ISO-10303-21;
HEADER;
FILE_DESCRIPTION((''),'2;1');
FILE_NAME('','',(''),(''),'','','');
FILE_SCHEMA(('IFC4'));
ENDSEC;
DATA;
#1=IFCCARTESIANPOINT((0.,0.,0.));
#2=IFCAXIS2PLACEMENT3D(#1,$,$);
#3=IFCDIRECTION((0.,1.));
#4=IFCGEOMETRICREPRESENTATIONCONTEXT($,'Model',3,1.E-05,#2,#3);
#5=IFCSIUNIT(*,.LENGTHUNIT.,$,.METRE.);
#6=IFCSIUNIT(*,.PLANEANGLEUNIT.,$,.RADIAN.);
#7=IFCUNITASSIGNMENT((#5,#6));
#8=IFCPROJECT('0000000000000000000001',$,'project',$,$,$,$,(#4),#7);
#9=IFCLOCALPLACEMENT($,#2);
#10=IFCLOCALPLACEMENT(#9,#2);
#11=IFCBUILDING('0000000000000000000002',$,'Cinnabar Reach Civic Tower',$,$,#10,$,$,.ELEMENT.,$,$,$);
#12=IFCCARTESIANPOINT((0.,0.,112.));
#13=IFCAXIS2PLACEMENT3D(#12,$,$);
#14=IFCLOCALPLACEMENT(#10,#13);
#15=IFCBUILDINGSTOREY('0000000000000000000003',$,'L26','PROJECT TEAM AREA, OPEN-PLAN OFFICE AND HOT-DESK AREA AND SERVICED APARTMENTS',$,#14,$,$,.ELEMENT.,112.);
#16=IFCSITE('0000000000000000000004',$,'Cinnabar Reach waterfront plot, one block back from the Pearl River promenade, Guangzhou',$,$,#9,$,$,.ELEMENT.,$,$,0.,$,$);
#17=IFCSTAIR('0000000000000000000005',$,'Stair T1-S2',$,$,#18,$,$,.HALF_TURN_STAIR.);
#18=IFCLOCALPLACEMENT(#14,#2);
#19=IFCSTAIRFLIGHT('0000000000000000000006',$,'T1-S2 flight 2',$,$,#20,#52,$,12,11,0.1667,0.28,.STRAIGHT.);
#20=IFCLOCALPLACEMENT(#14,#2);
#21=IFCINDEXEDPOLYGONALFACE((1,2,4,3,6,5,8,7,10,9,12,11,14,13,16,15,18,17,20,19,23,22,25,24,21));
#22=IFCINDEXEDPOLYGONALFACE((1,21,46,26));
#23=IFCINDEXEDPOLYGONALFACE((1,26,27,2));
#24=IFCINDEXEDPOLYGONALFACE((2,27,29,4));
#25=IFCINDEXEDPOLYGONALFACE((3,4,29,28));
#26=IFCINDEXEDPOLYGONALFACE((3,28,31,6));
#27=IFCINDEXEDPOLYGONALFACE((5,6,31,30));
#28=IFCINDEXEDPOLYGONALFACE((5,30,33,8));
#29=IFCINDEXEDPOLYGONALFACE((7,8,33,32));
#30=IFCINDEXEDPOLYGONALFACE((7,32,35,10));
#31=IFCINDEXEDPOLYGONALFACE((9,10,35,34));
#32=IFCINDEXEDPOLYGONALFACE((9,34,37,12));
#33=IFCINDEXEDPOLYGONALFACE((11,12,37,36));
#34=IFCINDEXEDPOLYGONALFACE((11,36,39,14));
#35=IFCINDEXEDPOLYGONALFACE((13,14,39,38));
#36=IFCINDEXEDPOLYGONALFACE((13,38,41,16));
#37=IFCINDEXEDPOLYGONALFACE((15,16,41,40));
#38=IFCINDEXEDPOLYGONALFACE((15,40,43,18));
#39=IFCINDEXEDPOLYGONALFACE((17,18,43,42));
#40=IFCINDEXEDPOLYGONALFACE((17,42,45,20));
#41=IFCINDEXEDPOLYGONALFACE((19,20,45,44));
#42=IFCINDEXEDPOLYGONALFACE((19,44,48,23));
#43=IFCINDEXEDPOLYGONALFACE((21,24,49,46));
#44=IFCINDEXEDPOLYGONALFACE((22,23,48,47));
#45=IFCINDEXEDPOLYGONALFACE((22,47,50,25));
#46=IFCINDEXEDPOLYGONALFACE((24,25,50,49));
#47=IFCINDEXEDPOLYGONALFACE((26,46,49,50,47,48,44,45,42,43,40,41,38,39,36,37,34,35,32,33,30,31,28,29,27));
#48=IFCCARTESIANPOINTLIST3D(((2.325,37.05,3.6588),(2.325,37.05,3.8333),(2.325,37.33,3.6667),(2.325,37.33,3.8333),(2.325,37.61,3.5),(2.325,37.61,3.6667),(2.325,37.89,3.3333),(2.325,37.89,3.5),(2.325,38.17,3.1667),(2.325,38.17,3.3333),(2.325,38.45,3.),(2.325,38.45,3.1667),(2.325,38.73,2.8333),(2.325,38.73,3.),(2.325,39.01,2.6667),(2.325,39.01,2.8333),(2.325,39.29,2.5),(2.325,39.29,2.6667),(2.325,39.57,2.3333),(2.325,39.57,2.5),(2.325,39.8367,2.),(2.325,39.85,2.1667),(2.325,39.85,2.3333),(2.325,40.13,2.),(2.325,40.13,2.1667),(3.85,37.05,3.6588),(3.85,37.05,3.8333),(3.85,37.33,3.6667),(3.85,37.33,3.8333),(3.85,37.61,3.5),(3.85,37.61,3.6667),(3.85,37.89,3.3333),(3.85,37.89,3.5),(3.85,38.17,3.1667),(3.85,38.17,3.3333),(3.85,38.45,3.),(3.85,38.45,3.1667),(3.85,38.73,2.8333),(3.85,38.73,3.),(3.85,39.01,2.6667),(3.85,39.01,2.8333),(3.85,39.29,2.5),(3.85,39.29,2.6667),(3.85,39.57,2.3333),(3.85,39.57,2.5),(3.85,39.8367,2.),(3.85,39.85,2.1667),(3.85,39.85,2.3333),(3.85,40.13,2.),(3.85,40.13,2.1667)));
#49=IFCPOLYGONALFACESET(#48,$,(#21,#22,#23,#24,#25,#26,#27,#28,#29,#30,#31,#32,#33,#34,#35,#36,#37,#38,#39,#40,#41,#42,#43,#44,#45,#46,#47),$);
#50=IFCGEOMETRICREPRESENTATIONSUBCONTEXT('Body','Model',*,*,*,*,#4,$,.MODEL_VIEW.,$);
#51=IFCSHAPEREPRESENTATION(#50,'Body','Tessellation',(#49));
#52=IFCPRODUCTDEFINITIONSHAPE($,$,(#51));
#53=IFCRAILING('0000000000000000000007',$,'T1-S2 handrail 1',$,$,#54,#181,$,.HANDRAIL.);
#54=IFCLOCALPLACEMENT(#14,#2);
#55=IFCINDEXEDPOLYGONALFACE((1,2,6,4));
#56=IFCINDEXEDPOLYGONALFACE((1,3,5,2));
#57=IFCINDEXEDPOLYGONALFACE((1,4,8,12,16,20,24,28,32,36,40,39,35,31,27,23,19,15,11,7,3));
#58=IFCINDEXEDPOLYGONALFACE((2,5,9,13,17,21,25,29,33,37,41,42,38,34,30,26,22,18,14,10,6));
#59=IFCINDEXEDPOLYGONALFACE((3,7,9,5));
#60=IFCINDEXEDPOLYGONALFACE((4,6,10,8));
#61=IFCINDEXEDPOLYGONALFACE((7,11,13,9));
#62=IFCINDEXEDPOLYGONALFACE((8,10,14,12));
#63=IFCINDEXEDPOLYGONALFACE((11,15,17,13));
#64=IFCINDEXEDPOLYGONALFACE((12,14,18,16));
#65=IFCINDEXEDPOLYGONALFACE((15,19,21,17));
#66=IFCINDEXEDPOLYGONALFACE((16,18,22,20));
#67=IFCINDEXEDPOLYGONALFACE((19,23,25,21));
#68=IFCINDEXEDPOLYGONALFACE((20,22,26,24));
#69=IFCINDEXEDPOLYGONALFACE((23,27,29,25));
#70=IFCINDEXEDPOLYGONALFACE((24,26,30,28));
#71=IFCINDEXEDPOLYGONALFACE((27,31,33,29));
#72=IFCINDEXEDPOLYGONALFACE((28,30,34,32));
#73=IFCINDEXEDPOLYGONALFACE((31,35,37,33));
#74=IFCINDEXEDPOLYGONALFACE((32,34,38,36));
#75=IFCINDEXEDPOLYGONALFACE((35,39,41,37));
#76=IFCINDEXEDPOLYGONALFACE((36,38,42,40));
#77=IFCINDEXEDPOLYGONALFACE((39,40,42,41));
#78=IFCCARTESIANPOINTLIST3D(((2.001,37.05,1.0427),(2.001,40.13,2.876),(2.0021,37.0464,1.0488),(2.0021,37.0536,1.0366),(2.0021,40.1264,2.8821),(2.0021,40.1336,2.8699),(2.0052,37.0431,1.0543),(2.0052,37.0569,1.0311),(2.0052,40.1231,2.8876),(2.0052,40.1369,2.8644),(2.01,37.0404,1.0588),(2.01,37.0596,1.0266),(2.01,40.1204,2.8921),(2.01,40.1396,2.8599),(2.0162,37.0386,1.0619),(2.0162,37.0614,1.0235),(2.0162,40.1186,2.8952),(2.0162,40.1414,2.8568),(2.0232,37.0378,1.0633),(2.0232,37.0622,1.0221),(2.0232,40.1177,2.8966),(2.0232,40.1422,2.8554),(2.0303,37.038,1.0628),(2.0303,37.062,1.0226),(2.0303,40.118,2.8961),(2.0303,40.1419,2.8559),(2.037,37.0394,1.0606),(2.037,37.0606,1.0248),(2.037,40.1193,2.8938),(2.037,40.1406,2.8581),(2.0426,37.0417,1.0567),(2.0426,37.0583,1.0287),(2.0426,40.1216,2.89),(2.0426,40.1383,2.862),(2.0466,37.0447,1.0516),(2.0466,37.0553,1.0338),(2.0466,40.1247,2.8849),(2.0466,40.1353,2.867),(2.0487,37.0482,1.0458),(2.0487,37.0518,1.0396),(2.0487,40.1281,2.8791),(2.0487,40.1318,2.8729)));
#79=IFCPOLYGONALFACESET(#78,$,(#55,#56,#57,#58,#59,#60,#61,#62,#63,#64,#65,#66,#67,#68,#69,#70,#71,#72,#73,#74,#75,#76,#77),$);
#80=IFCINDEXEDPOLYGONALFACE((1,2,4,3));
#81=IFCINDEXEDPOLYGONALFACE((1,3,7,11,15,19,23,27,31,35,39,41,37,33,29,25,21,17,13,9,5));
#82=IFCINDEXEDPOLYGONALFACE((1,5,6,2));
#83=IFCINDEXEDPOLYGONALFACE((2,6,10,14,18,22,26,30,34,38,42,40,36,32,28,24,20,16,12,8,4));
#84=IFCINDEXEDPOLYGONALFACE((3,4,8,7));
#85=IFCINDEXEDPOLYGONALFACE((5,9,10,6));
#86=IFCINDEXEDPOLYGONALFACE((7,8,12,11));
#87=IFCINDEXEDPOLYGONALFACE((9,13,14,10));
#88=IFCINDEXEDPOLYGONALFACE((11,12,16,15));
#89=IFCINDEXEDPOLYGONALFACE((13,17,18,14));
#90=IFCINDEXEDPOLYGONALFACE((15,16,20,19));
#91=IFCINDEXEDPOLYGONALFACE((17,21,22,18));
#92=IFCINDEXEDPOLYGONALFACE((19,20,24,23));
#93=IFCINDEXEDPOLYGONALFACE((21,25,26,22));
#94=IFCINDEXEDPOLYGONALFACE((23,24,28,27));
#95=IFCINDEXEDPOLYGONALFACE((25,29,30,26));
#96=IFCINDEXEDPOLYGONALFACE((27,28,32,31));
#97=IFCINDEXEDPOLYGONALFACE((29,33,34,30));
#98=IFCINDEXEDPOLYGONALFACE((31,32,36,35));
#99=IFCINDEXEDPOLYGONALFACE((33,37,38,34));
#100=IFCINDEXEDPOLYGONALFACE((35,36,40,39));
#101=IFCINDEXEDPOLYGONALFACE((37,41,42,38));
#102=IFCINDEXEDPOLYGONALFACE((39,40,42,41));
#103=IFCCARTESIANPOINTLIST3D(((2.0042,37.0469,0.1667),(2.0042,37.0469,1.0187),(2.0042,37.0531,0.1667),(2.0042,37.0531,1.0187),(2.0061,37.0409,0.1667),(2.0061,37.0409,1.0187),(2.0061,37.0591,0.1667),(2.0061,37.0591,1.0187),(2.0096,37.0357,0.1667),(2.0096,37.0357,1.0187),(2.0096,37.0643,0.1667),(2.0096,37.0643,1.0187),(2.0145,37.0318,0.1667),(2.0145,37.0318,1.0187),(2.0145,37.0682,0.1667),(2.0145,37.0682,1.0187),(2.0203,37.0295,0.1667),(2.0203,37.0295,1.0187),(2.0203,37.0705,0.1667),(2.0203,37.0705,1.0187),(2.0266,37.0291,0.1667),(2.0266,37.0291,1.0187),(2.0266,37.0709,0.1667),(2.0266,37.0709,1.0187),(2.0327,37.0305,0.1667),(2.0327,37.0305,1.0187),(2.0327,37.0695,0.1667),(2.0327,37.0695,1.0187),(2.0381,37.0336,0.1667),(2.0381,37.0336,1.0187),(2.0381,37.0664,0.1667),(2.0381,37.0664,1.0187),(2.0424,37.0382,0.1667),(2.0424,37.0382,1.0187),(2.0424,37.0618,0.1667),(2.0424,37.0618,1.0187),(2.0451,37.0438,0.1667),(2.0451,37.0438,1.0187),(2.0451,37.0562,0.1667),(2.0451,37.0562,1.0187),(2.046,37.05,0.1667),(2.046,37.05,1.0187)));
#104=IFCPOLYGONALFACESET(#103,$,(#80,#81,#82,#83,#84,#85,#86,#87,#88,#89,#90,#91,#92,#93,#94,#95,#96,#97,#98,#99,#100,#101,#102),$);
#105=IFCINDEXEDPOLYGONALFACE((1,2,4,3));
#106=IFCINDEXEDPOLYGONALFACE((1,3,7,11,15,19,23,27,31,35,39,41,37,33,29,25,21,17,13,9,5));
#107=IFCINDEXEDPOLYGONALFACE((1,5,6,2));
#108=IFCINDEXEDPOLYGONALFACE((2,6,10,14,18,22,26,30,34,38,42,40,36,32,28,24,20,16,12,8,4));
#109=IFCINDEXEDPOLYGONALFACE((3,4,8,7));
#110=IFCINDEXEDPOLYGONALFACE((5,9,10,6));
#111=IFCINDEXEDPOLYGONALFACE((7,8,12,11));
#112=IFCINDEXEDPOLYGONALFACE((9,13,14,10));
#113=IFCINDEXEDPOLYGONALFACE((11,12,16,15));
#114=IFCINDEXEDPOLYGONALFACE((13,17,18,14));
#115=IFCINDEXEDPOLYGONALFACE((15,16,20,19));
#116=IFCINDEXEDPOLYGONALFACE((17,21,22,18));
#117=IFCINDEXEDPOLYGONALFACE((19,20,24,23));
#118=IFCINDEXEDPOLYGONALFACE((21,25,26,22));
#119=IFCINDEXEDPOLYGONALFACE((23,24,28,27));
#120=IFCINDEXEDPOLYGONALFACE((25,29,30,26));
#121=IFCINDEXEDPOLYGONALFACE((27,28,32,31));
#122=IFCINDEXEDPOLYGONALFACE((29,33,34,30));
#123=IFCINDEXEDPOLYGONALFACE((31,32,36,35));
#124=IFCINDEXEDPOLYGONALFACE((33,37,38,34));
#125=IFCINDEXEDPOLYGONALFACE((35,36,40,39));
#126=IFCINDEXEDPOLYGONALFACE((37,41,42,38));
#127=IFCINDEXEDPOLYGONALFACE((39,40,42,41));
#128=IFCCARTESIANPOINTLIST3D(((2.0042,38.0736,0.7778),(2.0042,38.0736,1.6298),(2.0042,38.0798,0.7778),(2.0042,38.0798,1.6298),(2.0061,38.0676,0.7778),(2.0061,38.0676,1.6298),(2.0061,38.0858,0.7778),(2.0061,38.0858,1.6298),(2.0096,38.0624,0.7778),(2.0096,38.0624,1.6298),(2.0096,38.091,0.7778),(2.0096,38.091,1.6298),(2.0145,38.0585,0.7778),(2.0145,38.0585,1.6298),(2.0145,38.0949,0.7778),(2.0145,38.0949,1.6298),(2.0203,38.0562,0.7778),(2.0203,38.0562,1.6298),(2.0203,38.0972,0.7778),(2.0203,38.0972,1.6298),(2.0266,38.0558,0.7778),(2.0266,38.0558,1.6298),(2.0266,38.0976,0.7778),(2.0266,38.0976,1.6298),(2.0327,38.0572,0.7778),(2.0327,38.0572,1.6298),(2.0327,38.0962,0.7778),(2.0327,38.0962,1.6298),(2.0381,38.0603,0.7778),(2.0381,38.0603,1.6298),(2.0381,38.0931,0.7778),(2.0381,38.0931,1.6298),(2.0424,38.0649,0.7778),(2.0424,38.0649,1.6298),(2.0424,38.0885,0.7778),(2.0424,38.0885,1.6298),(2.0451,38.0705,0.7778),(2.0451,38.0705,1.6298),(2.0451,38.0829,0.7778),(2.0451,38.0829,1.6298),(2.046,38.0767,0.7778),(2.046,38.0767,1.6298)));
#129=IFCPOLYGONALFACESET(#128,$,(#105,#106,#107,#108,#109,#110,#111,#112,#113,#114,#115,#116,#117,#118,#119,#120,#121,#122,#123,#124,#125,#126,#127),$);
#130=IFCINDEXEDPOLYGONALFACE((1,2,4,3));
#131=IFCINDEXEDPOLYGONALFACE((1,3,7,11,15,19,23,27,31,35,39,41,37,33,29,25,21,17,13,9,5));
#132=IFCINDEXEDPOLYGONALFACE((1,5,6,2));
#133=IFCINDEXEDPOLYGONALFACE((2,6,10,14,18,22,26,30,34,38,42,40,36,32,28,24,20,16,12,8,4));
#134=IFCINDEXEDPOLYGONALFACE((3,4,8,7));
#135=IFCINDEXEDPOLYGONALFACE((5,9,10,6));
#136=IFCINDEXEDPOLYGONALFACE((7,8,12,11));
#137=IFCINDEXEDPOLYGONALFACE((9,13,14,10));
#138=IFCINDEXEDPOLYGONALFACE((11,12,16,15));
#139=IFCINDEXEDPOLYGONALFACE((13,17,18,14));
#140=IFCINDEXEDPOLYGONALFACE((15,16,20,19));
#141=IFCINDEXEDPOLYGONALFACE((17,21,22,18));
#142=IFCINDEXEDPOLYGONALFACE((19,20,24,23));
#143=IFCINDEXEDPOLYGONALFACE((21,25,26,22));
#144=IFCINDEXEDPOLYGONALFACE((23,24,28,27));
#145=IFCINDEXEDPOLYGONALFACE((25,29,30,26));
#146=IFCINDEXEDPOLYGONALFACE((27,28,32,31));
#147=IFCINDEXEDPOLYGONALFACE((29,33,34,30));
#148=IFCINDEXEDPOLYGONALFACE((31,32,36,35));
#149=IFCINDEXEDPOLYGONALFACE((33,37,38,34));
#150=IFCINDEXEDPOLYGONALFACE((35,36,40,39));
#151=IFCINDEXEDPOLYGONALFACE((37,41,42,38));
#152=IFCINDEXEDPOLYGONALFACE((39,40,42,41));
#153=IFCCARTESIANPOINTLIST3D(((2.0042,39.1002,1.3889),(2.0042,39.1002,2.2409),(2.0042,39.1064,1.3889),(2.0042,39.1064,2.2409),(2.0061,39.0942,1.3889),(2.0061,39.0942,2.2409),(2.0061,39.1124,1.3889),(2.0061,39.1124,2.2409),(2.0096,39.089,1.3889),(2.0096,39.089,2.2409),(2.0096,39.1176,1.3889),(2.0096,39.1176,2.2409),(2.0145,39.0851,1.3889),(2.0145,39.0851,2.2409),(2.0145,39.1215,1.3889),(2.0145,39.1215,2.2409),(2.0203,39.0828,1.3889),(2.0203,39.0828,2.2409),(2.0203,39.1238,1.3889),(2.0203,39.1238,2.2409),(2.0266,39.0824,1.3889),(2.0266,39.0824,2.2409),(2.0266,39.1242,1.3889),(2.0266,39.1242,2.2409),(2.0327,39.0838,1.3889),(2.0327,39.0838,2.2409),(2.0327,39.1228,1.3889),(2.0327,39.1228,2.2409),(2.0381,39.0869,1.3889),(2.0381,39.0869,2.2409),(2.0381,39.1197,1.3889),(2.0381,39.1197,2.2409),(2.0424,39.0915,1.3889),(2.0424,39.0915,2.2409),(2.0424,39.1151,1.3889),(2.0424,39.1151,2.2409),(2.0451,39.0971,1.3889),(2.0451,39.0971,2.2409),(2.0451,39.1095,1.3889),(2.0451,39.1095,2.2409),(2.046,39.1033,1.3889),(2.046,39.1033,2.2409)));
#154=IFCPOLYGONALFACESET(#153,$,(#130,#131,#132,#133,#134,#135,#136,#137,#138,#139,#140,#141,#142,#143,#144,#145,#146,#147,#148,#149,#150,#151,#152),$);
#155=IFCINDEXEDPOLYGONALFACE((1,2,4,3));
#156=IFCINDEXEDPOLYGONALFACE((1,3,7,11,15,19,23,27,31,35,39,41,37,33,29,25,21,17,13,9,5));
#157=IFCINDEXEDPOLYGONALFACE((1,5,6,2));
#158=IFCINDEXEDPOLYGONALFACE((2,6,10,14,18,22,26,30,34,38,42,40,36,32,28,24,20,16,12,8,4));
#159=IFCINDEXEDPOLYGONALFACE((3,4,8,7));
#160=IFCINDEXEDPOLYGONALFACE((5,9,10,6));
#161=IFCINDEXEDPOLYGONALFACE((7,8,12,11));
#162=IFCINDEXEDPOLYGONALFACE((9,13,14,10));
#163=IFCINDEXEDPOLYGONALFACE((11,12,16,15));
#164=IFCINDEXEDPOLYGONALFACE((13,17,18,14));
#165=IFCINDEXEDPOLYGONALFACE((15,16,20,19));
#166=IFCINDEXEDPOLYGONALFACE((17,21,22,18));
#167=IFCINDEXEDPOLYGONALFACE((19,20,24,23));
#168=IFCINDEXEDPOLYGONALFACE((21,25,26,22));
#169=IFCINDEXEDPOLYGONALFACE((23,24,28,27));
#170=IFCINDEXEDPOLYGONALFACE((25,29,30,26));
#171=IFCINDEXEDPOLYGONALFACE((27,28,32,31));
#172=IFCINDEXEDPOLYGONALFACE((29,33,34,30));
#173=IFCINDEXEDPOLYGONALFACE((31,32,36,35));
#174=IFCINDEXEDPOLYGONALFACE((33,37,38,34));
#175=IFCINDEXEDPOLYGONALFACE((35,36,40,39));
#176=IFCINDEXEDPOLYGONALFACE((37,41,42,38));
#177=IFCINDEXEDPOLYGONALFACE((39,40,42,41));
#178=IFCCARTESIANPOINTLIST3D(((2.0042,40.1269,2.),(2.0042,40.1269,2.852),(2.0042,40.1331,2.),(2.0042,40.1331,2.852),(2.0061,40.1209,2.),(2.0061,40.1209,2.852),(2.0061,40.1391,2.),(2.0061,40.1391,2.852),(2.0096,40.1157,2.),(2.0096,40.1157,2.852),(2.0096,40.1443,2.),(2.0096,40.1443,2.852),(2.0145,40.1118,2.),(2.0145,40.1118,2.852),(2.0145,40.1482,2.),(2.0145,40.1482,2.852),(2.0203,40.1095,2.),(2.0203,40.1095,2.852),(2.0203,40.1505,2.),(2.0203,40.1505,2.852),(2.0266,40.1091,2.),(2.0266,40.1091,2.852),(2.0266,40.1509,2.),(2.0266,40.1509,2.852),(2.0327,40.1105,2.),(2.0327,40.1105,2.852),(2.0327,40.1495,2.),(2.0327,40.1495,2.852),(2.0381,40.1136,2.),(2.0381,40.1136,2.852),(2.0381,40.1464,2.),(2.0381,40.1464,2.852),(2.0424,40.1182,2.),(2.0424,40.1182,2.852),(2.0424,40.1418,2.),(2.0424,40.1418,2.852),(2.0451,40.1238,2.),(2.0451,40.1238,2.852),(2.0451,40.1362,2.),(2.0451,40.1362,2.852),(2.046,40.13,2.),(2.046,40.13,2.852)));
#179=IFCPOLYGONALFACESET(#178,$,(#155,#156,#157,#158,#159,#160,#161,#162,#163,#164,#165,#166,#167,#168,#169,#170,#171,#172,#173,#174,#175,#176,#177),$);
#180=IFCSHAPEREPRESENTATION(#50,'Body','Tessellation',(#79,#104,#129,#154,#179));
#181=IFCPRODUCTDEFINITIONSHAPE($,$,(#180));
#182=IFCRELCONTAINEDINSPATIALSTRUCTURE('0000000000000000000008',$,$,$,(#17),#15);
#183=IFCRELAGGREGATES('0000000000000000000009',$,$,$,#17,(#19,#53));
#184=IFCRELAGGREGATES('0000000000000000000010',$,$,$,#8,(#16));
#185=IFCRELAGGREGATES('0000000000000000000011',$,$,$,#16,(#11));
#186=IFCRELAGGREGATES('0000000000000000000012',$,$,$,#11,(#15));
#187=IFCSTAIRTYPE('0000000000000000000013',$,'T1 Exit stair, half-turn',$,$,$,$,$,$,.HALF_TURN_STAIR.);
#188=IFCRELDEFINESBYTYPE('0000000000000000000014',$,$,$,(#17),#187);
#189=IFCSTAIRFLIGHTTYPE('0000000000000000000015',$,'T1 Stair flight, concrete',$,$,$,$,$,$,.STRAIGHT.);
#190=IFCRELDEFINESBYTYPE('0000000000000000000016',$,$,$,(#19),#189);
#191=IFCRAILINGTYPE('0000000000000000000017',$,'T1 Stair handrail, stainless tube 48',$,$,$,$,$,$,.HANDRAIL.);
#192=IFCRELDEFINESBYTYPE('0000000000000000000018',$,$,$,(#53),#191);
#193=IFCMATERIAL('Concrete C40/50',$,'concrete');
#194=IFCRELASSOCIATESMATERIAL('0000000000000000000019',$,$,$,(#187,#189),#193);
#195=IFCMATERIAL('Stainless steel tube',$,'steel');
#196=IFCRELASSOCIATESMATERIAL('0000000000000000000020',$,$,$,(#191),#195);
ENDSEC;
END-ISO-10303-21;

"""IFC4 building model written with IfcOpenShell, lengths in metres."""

from ifc_helpers import new_model, si_unit, direction, frame, origin, origin_2d, place, context, subcontext, project, spatial, polyline, circle, outline, extrude, material, type_object, element, aggregate, save


model = new_model("IFC4")

# Units and contexts
model_context = context("Model", 3, precision=1e-05, world=origin(), true_north=direction((0.0, 1.0)))
body_context = subcontext(model_context, "Body", "Model", "MODEL_VIEW")
ifc_project = project(units=[si_unit("LENGTHUNIT", "METRE"), si_unit("PLANEANGLEUNIT", "RADIAN")], contexts=[model_context])

# Site, building, storey
site_placement = place(None, origin())
site = spatial("IfcSite", under=ifc_project, at=site_placement, Name="Cinnabar Reach waterfront plot, one block back from the Pearl River promenade, Guangzhou", CompositionType="ELEMENT", RefElevation=0.0)
building_placement = place(site_placement, origin())
building = spatial("IfcBuilding", under=site, at=building_placement, Name="Cinnabar Reach Civic Tower", CompositionType="ELEMENT")
storey_placement = place(building_placement, frame((0.0, 0.0, 112.0)))
storey = spatial("IfcBuildingStorey", under=building, at=storey_placement, Name="L26", Description="PROJECT TEAM AREA, OPEN-PLAN OFFICE AND HOT-DESK AREA AND SERVICED APARTMENTS", CompositionType="ELEMENT", Elevation=112.0)

# Stair, stair flight, railing
ifc_material_1 = material(Name="Concrete C40/50", Category="concrete")
stair_type = type_object("IfcStairType", Name="T1 Exit stair, half-turn", PredefinedType="HALF_TURN_STAIR", material=ifc_material_1)
stair_placement = place(storey_placement, origin())
stair = element("IfcStair", 1, at=stair_placement, inside=storey, type_object=stair_type, Name="Stair T1-S2", PredefinedType="HALF_TURN_STAIR")
stair_flight_type = type_object("IfcStairFlightType", Name="T1 Stair flight, concrete", PredefinedType="STRAIGHT", material=ifc_material_1)
stair_flight_1_placement = place(storey_placement, frame((3.0875, 40.13, 2.0), z_axis=(0.0, 0.0, 1.0), x_axis=(0.0, -1.0, 0.0)))
stair_flight_1 = element("IfcStairFlight", 2, at=stair_flight_1_placement, type_object=stair_flight_type, Name="T1-S2 flight 2", NumberOfRisers=12, NumberOfTreads=11, PredefinedType="STRAIGHT", RiserHeight=0.1667, TreadLength=0.28, context=body_context, shape_type="SweptSolid", body=[
    extrude(outline(polyline([(0.0, 0.0), (0.0, 0.1667), (0.28, 0.1667), (0.28, 0.3333), (0.56, 0.3333), (0.56, 0.5), (0.84, 0.5), (0.84, 0.6667), (1.12, 0.6667), (1.12, 0.8333), (1.4, 0.8333), (1.4, 1.0), (1.68, 1.0), (1.68, 1.1667), (1.96, 1.1667), (1.96, 1.3333), (2.24, 1.3333), (2.24, 1.5), (2.52, 1.5), (2.52, 1.6667), (2.8, 1.6667), (2.8, 1.8333), (3.08, 1.8333), (3.08, 2.0), (3.08, 1.6588), (0.2933, 0.0), (0.0, 0.0)])), frame((0.0, 0.7625, 0.0), z_axis=(0.0, -1.0, 0.0), x_axis=(1.0, 0.0, 0.0)), (0.0, 0.0, 1.0), 1.525),
])
ifc_material_2 = material(Name="Stainless steel tube", Category="steel")
railing_type = type_object("IfcRailingType", Name="T1 Stair handrail, stainless tube 48", PredefinedType="HANDRAIL", material=ifc_material_2)
railing_1_placement = place(storey_placement, frame((2.025, 37.05, 0.1667)))
railing_1 = element("IfcRailing", 3, at=railing_1_placement, type_object=railing_type, Name="T1-S2 handrail 1", PredefinedType="HANDRAIL", context=body_context, shape_type="SweptSolid", body=[
    extrude(circle(Radius=0.024, at=origin_2d()), frame((0.0, 0.0, 0.876), z_axis=(0.0, 0.859297, 0.511477), x_axis=(-1.0, 0.0, 0.0)), (0.0, 0.0, 1.0), 3.5843),
    extrude(circle(Radius=0.021, at=origin_2d()), origin(), (0.0, 0.0, 1.0), 0.852),
    extrude(circle(Radius=0.021, at=origin_2d()), frame((0.0, 1.0267, 0.6111)), (0.0, 0.0, 1.0), 0.852),
    extrude(circle(Radius=0.021, at=origin_2d()), frame((0.0, 2.0533, 1.2222)), (0.0, 0.0, 1.0), 0.852),
    extrude(circle(Radius=0.021, at=origin_2d()), frame((0.0, 3.08, 1.8333)), (0.0, 0.0, 1.0), 0.852),
])
aggregate(stair, [stair_flight_1, railing_1])

save(model, "model.ifc")
